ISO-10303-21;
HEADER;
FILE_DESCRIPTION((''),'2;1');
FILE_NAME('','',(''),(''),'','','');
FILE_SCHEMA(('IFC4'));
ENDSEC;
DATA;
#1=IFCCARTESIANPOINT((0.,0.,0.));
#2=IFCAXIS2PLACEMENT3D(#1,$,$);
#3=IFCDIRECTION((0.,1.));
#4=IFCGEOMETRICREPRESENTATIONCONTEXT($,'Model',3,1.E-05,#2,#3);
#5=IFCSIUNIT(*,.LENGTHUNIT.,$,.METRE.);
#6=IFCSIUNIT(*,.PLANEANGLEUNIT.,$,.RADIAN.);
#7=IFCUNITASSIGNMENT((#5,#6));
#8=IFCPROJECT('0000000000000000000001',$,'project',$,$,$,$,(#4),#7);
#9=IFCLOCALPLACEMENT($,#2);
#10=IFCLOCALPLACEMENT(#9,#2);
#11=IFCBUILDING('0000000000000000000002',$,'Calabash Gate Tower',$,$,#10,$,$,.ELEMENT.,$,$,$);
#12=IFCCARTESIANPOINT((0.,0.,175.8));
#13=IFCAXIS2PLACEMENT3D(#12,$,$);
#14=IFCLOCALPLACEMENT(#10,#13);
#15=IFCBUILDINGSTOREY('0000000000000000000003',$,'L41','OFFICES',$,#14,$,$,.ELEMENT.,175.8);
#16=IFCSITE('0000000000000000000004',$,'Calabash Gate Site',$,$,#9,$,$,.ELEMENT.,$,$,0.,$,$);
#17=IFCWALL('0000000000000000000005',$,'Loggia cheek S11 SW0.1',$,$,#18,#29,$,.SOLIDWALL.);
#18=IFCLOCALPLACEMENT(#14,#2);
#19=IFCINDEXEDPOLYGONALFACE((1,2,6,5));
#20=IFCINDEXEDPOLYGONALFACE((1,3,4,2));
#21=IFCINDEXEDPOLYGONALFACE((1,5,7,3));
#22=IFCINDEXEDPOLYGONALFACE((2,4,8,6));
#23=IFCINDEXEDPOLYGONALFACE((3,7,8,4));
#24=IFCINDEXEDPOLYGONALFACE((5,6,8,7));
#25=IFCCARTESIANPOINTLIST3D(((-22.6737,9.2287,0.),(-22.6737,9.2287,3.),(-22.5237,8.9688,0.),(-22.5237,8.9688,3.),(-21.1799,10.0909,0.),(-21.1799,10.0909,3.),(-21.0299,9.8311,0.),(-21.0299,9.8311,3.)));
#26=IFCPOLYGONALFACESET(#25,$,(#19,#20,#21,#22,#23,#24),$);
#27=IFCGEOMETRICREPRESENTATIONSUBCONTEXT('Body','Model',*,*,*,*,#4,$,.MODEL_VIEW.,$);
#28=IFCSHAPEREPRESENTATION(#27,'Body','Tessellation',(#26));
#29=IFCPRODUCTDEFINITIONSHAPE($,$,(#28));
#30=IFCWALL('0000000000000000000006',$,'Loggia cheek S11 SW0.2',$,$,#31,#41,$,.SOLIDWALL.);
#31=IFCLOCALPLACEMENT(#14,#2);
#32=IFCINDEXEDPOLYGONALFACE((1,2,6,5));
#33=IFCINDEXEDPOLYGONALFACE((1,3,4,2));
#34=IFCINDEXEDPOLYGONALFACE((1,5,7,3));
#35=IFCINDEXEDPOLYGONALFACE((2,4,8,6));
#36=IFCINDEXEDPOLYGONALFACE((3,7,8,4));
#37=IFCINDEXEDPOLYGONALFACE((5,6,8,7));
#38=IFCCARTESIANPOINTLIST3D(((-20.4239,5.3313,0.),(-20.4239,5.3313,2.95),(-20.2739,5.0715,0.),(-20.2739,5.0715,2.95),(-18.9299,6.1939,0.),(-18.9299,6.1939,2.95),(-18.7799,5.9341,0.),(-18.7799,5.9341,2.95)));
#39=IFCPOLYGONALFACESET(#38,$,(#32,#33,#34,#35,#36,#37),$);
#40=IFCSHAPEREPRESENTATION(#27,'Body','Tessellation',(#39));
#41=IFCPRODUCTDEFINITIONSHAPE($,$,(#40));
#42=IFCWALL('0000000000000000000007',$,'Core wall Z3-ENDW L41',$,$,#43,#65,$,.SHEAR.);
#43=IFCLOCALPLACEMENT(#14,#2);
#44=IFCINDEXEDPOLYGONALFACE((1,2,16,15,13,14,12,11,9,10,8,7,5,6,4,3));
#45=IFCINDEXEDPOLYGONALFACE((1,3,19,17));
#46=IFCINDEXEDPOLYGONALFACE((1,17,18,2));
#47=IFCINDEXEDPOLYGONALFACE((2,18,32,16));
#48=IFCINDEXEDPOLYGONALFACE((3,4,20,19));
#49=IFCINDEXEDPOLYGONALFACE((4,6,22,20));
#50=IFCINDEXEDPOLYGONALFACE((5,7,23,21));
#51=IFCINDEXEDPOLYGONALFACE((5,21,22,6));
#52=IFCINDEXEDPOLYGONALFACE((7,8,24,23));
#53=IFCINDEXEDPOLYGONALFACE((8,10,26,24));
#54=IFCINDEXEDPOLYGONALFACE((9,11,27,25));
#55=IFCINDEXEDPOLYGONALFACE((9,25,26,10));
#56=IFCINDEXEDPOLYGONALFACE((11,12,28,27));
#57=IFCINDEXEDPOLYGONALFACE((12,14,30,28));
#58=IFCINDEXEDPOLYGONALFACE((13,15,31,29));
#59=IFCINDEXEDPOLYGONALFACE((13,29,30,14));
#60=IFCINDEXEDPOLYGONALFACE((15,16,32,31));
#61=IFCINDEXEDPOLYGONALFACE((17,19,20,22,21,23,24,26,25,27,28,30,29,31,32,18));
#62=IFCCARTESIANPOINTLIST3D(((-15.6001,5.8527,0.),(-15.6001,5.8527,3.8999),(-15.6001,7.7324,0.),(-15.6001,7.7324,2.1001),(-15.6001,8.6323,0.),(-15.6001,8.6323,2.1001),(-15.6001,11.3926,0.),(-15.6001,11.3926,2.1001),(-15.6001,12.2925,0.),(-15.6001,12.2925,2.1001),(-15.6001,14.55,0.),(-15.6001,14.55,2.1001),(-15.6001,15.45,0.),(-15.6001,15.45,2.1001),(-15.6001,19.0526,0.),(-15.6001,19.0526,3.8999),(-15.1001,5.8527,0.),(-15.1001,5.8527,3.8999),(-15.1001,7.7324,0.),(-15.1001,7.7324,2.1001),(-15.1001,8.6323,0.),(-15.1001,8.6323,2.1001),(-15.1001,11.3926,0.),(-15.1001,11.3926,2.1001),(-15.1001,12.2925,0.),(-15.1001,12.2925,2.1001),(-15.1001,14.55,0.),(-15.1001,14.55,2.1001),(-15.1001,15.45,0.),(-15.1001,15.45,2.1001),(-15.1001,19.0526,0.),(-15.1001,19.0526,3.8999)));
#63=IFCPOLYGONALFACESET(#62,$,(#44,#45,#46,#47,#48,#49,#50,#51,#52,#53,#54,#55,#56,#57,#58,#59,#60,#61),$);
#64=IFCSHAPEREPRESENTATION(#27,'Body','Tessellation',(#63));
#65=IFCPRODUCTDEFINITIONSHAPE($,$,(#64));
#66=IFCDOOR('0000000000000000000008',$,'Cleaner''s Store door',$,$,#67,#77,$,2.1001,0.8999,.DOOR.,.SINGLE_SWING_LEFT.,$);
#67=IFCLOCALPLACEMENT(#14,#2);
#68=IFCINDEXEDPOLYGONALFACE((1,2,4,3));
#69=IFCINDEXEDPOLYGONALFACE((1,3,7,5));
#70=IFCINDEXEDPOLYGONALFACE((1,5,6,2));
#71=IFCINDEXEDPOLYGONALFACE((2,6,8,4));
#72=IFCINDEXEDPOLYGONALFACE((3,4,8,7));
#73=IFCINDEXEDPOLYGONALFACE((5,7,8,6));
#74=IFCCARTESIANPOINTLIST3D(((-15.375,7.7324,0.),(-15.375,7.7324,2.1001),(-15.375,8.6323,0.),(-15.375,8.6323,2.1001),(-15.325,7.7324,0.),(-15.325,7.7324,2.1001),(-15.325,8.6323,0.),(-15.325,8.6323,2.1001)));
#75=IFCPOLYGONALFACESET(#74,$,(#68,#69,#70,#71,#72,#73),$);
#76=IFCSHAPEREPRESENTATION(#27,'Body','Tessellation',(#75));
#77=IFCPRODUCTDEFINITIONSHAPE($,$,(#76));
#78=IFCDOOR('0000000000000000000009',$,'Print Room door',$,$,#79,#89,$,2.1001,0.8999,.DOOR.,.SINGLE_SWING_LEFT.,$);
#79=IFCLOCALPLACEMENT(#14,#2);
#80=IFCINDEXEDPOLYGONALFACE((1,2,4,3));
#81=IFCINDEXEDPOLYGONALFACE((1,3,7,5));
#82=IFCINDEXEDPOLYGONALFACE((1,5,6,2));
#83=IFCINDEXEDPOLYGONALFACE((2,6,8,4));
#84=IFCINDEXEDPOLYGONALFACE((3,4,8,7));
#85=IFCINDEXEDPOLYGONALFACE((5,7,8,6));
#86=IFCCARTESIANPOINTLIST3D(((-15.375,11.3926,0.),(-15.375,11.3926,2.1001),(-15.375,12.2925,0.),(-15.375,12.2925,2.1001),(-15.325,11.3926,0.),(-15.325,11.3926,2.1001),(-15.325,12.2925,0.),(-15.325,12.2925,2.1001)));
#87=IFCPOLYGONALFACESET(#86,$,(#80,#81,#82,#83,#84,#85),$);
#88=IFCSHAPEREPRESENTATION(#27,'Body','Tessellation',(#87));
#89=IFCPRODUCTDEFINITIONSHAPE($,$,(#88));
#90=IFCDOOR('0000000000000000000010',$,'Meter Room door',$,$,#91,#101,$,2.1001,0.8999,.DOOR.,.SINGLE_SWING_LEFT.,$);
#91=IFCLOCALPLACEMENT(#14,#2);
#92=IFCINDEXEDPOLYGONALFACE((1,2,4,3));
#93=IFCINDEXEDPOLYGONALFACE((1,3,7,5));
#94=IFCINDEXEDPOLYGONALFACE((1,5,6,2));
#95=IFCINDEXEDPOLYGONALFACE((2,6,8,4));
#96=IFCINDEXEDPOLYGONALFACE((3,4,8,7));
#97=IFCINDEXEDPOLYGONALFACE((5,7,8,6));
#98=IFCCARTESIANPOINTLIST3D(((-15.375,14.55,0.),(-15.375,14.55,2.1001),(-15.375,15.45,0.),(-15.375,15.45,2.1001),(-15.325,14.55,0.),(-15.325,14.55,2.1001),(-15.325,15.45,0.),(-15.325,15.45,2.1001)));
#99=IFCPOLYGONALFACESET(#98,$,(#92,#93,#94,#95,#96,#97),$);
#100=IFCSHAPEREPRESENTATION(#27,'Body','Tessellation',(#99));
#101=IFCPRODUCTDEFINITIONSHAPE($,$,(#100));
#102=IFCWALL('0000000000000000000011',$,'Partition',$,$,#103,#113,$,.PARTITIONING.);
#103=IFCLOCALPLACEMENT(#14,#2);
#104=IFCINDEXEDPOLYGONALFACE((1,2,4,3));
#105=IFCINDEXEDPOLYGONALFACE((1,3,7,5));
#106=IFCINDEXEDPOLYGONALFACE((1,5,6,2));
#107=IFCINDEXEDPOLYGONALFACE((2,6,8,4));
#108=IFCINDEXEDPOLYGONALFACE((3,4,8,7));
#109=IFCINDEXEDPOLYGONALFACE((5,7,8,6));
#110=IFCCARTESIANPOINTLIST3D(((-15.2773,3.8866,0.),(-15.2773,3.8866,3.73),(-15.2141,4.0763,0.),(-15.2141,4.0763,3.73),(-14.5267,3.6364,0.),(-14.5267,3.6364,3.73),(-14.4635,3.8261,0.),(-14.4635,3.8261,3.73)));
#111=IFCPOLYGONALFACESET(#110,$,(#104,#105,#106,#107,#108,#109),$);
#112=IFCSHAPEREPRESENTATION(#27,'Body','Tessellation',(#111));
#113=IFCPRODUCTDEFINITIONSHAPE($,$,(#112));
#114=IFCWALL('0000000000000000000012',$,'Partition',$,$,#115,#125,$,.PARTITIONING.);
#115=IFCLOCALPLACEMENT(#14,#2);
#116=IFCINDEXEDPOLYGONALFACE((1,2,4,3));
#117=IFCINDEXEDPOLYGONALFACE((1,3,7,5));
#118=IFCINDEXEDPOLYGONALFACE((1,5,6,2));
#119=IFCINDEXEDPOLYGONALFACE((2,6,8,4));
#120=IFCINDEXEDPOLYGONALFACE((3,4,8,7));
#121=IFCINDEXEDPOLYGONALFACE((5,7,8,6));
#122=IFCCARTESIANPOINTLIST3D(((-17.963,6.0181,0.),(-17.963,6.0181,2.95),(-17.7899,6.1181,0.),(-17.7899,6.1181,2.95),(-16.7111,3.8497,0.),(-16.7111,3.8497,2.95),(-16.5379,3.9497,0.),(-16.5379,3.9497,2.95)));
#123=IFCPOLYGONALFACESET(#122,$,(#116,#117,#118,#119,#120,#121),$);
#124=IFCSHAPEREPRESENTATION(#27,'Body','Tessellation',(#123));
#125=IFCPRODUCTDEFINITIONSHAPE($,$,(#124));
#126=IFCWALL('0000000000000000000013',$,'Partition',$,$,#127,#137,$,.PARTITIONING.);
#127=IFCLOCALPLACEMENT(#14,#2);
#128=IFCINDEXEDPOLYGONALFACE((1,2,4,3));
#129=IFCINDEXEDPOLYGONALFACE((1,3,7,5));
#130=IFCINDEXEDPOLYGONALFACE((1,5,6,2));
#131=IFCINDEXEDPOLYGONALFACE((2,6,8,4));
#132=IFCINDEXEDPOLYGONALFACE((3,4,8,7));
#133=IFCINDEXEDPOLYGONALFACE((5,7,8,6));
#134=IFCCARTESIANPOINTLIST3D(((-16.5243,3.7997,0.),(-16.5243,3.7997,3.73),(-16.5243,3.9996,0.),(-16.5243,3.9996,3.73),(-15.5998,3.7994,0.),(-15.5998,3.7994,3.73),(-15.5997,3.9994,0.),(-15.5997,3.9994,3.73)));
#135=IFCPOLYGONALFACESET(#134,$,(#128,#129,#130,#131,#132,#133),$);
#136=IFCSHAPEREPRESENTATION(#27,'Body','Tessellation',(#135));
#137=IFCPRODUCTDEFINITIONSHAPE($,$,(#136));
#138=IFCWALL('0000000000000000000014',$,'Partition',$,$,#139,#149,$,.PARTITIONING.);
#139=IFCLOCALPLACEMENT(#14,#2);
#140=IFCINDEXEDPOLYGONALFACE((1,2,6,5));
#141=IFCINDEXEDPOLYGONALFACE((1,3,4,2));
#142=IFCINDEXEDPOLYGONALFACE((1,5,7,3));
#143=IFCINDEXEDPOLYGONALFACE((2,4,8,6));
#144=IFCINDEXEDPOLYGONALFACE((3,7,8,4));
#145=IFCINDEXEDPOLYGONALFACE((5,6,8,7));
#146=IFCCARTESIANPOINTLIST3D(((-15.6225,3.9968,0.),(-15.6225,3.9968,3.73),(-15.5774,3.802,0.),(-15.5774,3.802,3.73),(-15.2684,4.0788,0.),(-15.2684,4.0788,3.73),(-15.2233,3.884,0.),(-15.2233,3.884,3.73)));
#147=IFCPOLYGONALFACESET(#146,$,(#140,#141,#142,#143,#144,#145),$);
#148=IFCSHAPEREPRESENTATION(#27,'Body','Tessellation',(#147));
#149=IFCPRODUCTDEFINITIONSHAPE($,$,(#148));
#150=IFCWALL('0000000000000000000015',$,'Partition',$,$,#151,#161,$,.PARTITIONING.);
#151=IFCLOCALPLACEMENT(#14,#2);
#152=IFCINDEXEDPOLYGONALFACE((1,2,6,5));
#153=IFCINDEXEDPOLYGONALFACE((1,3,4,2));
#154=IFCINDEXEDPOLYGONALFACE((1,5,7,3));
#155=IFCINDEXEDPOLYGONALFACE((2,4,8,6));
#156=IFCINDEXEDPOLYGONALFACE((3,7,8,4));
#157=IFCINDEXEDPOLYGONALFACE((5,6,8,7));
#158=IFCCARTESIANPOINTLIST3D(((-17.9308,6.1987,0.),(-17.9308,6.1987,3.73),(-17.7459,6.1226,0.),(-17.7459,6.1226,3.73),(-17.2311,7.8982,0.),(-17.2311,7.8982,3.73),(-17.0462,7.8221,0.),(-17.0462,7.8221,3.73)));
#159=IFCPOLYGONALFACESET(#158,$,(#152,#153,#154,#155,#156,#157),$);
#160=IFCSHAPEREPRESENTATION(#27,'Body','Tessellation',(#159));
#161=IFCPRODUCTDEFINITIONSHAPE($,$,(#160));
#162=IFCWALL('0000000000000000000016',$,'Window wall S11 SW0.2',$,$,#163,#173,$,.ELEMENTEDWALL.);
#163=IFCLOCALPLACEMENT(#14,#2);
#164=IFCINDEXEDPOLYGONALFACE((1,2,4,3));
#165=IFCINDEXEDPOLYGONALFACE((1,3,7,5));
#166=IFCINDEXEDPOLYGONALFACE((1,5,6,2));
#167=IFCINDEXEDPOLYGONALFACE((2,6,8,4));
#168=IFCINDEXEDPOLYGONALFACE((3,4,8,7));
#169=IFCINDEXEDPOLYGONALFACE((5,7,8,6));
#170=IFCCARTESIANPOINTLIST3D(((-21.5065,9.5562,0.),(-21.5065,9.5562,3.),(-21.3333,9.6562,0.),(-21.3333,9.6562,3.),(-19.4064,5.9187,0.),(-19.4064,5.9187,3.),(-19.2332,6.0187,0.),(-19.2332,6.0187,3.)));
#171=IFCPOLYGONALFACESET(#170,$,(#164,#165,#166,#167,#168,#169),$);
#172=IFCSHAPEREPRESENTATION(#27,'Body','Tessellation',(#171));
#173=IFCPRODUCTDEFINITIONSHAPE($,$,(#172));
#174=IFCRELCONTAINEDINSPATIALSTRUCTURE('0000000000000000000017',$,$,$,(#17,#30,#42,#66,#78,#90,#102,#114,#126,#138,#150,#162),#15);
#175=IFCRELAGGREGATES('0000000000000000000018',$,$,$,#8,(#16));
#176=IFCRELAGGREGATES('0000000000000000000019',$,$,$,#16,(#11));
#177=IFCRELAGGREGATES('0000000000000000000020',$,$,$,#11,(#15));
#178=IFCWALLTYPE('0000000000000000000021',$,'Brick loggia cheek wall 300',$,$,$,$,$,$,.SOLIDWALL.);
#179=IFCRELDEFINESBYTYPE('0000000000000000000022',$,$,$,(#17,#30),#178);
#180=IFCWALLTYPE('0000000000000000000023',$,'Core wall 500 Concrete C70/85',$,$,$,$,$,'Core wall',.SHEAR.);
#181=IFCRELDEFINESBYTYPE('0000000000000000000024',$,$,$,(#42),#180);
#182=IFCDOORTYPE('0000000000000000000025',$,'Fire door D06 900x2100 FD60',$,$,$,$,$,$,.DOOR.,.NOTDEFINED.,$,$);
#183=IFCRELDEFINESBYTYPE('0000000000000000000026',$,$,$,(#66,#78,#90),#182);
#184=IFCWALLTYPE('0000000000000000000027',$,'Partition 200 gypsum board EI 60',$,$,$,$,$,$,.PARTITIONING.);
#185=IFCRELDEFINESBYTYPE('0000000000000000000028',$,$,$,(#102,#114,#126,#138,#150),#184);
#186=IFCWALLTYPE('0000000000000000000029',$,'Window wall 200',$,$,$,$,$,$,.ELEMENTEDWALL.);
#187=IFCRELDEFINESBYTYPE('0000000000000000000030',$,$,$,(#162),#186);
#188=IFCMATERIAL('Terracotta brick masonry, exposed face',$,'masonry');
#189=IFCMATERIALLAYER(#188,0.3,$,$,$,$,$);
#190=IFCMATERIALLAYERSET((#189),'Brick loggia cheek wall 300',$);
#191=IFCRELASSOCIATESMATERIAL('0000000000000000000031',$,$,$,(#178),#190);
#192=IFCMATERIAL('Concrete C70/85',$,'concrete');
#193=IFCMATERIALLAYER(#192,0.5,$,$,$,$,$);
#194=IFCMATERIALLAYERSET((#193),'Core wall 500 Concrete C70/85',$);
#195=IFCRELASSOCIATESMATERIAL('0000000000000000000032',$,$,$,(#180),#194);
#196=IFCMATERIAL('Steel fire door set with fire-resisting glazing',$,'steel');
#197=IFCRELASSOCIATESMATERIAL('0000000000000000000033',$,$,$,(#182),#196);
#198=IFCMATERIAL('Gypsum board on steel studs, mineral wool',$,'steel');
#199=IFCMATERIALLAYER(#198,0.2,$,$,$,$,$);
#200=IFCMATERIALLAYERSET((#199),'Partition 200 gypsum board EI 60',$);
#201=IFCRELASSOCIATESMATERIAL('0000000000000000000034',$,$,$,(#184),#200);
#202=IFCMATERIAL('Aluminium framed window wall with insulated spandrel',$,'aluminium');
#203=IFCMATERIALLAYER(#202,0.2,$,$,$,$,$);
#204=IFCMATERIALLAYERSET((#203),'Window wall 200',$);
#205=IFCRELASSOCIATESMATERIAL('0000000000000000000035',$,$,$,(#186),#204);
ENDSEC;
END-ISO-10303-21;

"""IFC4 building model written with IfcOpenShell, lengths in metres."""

from ifc_helpers import new_model, si_unit, direction, frame, frame_2d, origin, place, context, subcontext, project, spatial, rectangle, extrude, material, layer, layer_set, type_object, element, fill, save


model = new_model("IFC4")

# Units and contexts
model_context = context("Model", 3, precision=1e-05, world=origin(), true_north=direction((0.0, 1.0)))
body_context = subcontext(model_context, "Body", "Model", "MODEL_VIEW")
ifc_project = project(units=[si_unit("LENGTHUNIT", "METRE"), si_unit("PLANEANGLEUNIT", "RADIAN")], contexts=[model_context])

# Site, building, storey
site_placement = place(None, origin())
site = spatial("IfcSite", under=ifc_project, at=site_placement, Name="Calabash Gate Site", CompositionType="ELEMENT", RefElevation=0.0)
building_placement = place(site_placement, origin())
building = spatial("IfcBuilding", under=site, at=building_placement, Name="Calabash Gate Tower", CompositionType="ELEMENT")
storey_placement = place(building_placement, frame((0.0, 0.0, 175.8)))
storey = spatial("IfcBuildingStorey", under=building, at=storey_placement, Name="L41", Description="OFFICES", CompositionType="ELEMENT", Elevation=175.8)

# Walls
ifc_material_1 = material(Name="Terracotta brick masonry, exposed face", Category="masonry")
ifc_layer_1 = layer(ifc_material_1, 0.3)
ifc_layer_set_1 = layer_set([ifc_layer_1], Name="Brick loggia cheek wall 300")
wall_type_1 = type_object("IfcWallType", Name="Brick loggia cheek wall 300", PredefinedType="SOLIDWALL", material=ifc_layer_set_1)
wall_1_placement = place(storey_placement, frame((-21.105, 9.9609, 0.0), z_axis=(0.0, 0.0, 1.0), x_axis=(-0.866075, -0.499914, 0.0)))
element("IfcWall", 1, at=wall_1_placement, inside=storey, type_object=wall_type_1, Name="Loggia cheek S11 SW0.1", PredefinedType="SOLIDWALL", context=body_context, shape_type="SweptSolid", body=[
    extrude(rectangle(XDim=1.7249, YDim=0.3, at=frame_2d((0.8623, 0.0))), origin(), (0.0, 0.0, 1.0), 3.0),
])
wall_2_placement = place(storey_placement, frame((-20.3489, 5.2014, 0.0), z_axis=(0.0, 0.0, 1.0), x_axis=(0.866014, 0.500021, 0.0)))
element("IfcWall", 2, at=wall_2_placement, inside=storey, type_object=wall_type_1, Name="Loggia cheek S11 SW0.2", PredefinedType="SOLIDWALL", context=body_context, shape_type="SweptSolid", body=[
    extrude(rectangle(XDim=1.7251, YDim=0.3, at=frame_2d((0.8625, 0.0))), origin(), (0.0, 0.0, 1.0), 2.95),
])

# Wall, openings, doors
ifc_material_2 = material(Name="Concrete C70/85", Category="concrete")
ifc_layer_2 = layer(ifc_material_2, 0.5)
ifc_layer_set_2 = layer_set([ifc_layer_2], Name="Core wall 500 Concrete C70/85")
wall_type_2 = type_object("IfcWallType", Name="Core wall 500 Concrete C70/85", ElementType="Core wall", PredefinedType="SHEAR", material=ifc_layer_set_2)
wall_3_placement = place(storey_placement, frame((-15.3501, 5.8525, 0.0), z_axis=(0.0, 0.0, 1.0), x_axis=(0.0, 1.0, 0.0)))
wall_3 = element("IfcWall", 3, at=wall_3_placement, inside=storey, type_object=wall_type_2, Name="Core wall Z3-ENDW L41", PredefinedType="SHEAR", context=body_context, shape_type="SweptSolid", body=[
    extrude(rectangle(XDim=13.2, YDim=0.5, at=frame_2d((6.6001, 0.0))), origin(), (0.0, 0.0, 1.0), 3.8999),
])
opening_1_placement = place(wall_3_placement, frame((1.8799, 0.0, 0.0)))
opening_1 = element("IfcOpeningElement", 4, at=opening_1_placement, cuts=wall_3, PredefinedType="OPENING", context=body_context, shape_type="SweptSolid", body=[
    extrude(rectangle(XDim=0.8999, YDim=2.1001, at=frame_2d((0.45, 1.05))), frame((0.0, 0.26, 0.0), z_axis=(0.0, -1.0, 0.0), x_axis=(1.0, 0.0, 0.0)), (0.0, 0.0, 1.0), 0.52),
])
opening_2_placement = place(wall_3_placement, frame((5.54, 0.0, 0.0)))
opening_2 = element("IfcOpeningElement", 5, at=opening_2_placement, cuts=wall_3, PredefinedType="OPENING", context=body_context, shape_type="SweptSolid", body=[
    extrude(rectangle(XDim=0.8999, YDim=2.1001, at=frame_2d((0.45, 1.05))), frame((0.0, 0.26, 0.0), z_axis=(0.0, -1.0, 0.0), x_axis=(1.0, 0.0, 0.0)), (0.0, 0.0, 1.0), 0.52),
])
opening_3_placement = place(wall_3_placement, frame((8.6975, 0.0, 0.0)))
opening_3 = element("IfcOpeningElement", 6, at=opening_3_placement, cuts=wall_3, PredefinedType="OPENING", context=body_context, shape_type="SweptSolid", body=[
    extrude(rectangle(XDim=0.8999, YDim=2.1001, at=frame_2d((0.45, 1.05))), frame((0.0, 0.26, 0.0), z_axis=(0.0, -1.0, 0.0), x_axis=(1.0, 0.0, 0.0)), (0.0, 0.0, 1.0), 0.52),
])
ifc_material_3 = material(Name="Steel fire door set with fire-resisting glazing", Category="steel")
door_type = type_object("IfcDoorType", Name="Fire door D06 900x2100 FD60", OperationType="NOTDEFINED", PredefinedType="DOOR", material=ifc_material_3)
door_1_placement = place(opening_1_placement, origin())
door_1 = element("IfcDoor", 7, at=door_1_placement, inside=storey, type_object=door_type, Name="Cleaner's Store door", OperationType="SINGLE_SWING_LEFT", OverallHeight=2.1001, OverallWidth=0.8999, PredefinedType="DOOR", context=body_context, shape_type="SweptSolid", body=[
    extrude(rectangle(XDim=0.8999, YDim=2.1001, at=frame_2d((0.45, 1.05))), frame((0.0, 0.0249, 0.0), z_axis=(0.0, -1.0, 0.0), x_axis=(1.0, 0.0, 0.0)), (0.0, 0.0, 1.0), 0.05),
])
fill(opening_1, door_1)
door_2_placement = place(opening_2_placement, origin())
door_2 = element("IfcDoor", 8, at=door_2_placement, inside=storey, type_object=door_type, Name="Print Room door", OperationType="SINGLE_SWING_LEFT", OverallHeight=2.1001, OverallWidth=0.8999, PredefinedType="DOOR", context=body_context, shape_type="SweptSolid", body=[
    extrude(rectangle(XDim=0.8999, YDim=2.1001, at=frame_2d((0.45, 1.05))), frame((0.0, 0.0249, 0.0), z_axis=(0.0, -1.0, 0.0), x_axis=(1.0, 0.0, 0.0)), (0.0, 0.0, 1.0), 0.05),
])
fill(opening_2, door_2)
door_3_placement = place(opening_3_placement, origin())
door_3 = element("IfcDoor", 9, at=door_3_placement, inside=storey, type_object=door_type, Name="Meter Room door", OperationType="SINGLE_SWING_LEFT", OverallHeight=2.1001, OverallWidth=0.8999, PredefinedType="DOOR", context=body_context, shape_type="SweptSolid", body=[
    extrude(rectangle(XDim=0.8999, YDim=2.1001, at=frame_2d((0.45, 1.05))), frame((0.0, 0.0249, 0.0), z_axis=(0.0, -1.0, 0.0), x_axis=(1.0, 0.0, 0.0)), (0.0, 0.0, 1.0), 0.05),
])
fill(opening_3, door_3)

# Walls
ifc_material_4 = material(Name="Gypsum board on steel studs, mineral wool", Category="steel")
ifc_layer_3 = layer(ifc_material_4, 0.2)
ifc_layer_set_3 = layer_set([ifc_layer_3], Name="Partition 200 gypsum board EI 60")
wall_type_3 = type_object("IfcWallType", Name="Partition 200 gypsum board EI 60", PredefinedType="PARTITIONING", material=ifc_layer_set_3)
wall_4_placement = place(storey_placement, frame((-15.2456, 3.9814, 0.0), z_axis=(0.0, 0.0, 1.0), x_axis=(0.948683, -0.316228, 0.0)))
element("IfcWall", 10, at=wall_4_placement, inside=storey, type_object=wall_type_3, Name="Partition", PredefinedType="PARTITIONING", context=body_context, shape_type="SweptSolid", body=[
    extrude(rectangle(XDim=0.7913, YDim=0.2, at=frame_2d((0.3955, 0.0))), origin(), (0.0, 0.0, 1.0), 3.73),
])
wall_5_placement = place(storey_placement, frame((-17.8765, 6.0681, 0.0), z_axis=(0.0, 0.0, 1.0), x_axis=(0.499998, -0.866026, 0.0)))
element("IfcWall", 11, at=wall_5_placement, inside=storey, type_object=wall_type_3, Name="Partition", PredefinedType="PARTITIONING", context=body_context, shape_type="SweptSolid", body=[
    extrude(rectangle(XDim=2.5039, YDim=0.2, at=frame_2d((1.252, 0.0))), origin(), (0.0, 0.0, 1.0), 2.95),
])
wall_6_placement = place(storey_placement, frame((-16.5244, 3.8997, 0.0), z_axis=(0.0, 0.0, 1.0), x_axis=(1.0, -0.000264, 0.0)))
element("IfcWall", 12, at=wall_6_placement, inside=storey, type_object=wall_type_3, Name="Partition", PredefinedType="PARTITIONING", context=body_context, shape_type="SweptSolid", body=[
    extrude(rectangle(XDim=0.9246, YDim=0.2, at=frame_2d((0.4624, 0.0))), origin(), (0.0, 0.0, 1.0), 3.73),
])
wall_7_placement = place(storey_placement, frame((-15.5999, 3.8994, 0.0), z_axis=(0.0, 0.0, 1.0), x_axis=(0.974221, 0.225595, 0.0)))
element("IfcWall", 13, at=wall_7_placement, inside=storey, type_object=wall_type_3, Name="Partition", PredefinedType="PARTITIONING", context=body_context, shape_type="SweptSolid", body=[
    extrude(rectangle(XDim=0.3635, YDim=0.2, at=frame_2d((0.1816, 0.0))), origin(), (0.0, 0.0, 1.0), 3.73),
])
wall_8_placement = place(storey_placement, frame((-17.8384, 6.1606, 0.0), z_axis=(0.0, 0.0, 1.0), x_axis=(0.380716, 0.924692, 0.0)))
element("IfcWall", 14, at=wall_8_placement, inside=storey, type_object=wall_type_3, Name="Partition", PredefinedType="PARTITIONING", context=body_context, shape_type="SweptSolid", body=[
    extrude(rectangle(XDim=1.8379, YDim=0.2, at=frame_2d((0.9189, 0.0))), origin(), (0.0, 0.0, 1.0), 3.73),
])
ifc_material_5 = material(Name="Aluminium framed window wall with insulated spandrel", Category="aluminium")
ifc_layer_4 = layer(ifc_material_5, 0.2)
ifc_layer_set_4 = layer_set([ifc_layer_4], Name="Window wall 200")
wall_type_4 = type_object("IfcWallType", Name="Window wall 200", PredefinedType="ELEMENTEDWALL", material=ifc_layer_set_4)
wall_9_placement = place(storey_placement, frame((-21.4199, 9.6062, 0.0), z_axis=(0.0, 0.0, 1.0), x_axis=(0.500003, -0.866024, 0.0)))
element("IfcWall", 15, at=wall_9_placement, inside=storey, type_object=wall_type_4, Name="Window wall S11 SW0.2", PredefinedType="ELEMENTEDWALL", context=body_context, shape_type="SweptSolid", body=[
    extrude(rectangle(XDim=4.2002, YDim=0.2, at=frame_2d((2.1001, 0.0))), origin(), (0.0, 0.0, 1.0), 3.0),
])

save(model, "model.ifc")
